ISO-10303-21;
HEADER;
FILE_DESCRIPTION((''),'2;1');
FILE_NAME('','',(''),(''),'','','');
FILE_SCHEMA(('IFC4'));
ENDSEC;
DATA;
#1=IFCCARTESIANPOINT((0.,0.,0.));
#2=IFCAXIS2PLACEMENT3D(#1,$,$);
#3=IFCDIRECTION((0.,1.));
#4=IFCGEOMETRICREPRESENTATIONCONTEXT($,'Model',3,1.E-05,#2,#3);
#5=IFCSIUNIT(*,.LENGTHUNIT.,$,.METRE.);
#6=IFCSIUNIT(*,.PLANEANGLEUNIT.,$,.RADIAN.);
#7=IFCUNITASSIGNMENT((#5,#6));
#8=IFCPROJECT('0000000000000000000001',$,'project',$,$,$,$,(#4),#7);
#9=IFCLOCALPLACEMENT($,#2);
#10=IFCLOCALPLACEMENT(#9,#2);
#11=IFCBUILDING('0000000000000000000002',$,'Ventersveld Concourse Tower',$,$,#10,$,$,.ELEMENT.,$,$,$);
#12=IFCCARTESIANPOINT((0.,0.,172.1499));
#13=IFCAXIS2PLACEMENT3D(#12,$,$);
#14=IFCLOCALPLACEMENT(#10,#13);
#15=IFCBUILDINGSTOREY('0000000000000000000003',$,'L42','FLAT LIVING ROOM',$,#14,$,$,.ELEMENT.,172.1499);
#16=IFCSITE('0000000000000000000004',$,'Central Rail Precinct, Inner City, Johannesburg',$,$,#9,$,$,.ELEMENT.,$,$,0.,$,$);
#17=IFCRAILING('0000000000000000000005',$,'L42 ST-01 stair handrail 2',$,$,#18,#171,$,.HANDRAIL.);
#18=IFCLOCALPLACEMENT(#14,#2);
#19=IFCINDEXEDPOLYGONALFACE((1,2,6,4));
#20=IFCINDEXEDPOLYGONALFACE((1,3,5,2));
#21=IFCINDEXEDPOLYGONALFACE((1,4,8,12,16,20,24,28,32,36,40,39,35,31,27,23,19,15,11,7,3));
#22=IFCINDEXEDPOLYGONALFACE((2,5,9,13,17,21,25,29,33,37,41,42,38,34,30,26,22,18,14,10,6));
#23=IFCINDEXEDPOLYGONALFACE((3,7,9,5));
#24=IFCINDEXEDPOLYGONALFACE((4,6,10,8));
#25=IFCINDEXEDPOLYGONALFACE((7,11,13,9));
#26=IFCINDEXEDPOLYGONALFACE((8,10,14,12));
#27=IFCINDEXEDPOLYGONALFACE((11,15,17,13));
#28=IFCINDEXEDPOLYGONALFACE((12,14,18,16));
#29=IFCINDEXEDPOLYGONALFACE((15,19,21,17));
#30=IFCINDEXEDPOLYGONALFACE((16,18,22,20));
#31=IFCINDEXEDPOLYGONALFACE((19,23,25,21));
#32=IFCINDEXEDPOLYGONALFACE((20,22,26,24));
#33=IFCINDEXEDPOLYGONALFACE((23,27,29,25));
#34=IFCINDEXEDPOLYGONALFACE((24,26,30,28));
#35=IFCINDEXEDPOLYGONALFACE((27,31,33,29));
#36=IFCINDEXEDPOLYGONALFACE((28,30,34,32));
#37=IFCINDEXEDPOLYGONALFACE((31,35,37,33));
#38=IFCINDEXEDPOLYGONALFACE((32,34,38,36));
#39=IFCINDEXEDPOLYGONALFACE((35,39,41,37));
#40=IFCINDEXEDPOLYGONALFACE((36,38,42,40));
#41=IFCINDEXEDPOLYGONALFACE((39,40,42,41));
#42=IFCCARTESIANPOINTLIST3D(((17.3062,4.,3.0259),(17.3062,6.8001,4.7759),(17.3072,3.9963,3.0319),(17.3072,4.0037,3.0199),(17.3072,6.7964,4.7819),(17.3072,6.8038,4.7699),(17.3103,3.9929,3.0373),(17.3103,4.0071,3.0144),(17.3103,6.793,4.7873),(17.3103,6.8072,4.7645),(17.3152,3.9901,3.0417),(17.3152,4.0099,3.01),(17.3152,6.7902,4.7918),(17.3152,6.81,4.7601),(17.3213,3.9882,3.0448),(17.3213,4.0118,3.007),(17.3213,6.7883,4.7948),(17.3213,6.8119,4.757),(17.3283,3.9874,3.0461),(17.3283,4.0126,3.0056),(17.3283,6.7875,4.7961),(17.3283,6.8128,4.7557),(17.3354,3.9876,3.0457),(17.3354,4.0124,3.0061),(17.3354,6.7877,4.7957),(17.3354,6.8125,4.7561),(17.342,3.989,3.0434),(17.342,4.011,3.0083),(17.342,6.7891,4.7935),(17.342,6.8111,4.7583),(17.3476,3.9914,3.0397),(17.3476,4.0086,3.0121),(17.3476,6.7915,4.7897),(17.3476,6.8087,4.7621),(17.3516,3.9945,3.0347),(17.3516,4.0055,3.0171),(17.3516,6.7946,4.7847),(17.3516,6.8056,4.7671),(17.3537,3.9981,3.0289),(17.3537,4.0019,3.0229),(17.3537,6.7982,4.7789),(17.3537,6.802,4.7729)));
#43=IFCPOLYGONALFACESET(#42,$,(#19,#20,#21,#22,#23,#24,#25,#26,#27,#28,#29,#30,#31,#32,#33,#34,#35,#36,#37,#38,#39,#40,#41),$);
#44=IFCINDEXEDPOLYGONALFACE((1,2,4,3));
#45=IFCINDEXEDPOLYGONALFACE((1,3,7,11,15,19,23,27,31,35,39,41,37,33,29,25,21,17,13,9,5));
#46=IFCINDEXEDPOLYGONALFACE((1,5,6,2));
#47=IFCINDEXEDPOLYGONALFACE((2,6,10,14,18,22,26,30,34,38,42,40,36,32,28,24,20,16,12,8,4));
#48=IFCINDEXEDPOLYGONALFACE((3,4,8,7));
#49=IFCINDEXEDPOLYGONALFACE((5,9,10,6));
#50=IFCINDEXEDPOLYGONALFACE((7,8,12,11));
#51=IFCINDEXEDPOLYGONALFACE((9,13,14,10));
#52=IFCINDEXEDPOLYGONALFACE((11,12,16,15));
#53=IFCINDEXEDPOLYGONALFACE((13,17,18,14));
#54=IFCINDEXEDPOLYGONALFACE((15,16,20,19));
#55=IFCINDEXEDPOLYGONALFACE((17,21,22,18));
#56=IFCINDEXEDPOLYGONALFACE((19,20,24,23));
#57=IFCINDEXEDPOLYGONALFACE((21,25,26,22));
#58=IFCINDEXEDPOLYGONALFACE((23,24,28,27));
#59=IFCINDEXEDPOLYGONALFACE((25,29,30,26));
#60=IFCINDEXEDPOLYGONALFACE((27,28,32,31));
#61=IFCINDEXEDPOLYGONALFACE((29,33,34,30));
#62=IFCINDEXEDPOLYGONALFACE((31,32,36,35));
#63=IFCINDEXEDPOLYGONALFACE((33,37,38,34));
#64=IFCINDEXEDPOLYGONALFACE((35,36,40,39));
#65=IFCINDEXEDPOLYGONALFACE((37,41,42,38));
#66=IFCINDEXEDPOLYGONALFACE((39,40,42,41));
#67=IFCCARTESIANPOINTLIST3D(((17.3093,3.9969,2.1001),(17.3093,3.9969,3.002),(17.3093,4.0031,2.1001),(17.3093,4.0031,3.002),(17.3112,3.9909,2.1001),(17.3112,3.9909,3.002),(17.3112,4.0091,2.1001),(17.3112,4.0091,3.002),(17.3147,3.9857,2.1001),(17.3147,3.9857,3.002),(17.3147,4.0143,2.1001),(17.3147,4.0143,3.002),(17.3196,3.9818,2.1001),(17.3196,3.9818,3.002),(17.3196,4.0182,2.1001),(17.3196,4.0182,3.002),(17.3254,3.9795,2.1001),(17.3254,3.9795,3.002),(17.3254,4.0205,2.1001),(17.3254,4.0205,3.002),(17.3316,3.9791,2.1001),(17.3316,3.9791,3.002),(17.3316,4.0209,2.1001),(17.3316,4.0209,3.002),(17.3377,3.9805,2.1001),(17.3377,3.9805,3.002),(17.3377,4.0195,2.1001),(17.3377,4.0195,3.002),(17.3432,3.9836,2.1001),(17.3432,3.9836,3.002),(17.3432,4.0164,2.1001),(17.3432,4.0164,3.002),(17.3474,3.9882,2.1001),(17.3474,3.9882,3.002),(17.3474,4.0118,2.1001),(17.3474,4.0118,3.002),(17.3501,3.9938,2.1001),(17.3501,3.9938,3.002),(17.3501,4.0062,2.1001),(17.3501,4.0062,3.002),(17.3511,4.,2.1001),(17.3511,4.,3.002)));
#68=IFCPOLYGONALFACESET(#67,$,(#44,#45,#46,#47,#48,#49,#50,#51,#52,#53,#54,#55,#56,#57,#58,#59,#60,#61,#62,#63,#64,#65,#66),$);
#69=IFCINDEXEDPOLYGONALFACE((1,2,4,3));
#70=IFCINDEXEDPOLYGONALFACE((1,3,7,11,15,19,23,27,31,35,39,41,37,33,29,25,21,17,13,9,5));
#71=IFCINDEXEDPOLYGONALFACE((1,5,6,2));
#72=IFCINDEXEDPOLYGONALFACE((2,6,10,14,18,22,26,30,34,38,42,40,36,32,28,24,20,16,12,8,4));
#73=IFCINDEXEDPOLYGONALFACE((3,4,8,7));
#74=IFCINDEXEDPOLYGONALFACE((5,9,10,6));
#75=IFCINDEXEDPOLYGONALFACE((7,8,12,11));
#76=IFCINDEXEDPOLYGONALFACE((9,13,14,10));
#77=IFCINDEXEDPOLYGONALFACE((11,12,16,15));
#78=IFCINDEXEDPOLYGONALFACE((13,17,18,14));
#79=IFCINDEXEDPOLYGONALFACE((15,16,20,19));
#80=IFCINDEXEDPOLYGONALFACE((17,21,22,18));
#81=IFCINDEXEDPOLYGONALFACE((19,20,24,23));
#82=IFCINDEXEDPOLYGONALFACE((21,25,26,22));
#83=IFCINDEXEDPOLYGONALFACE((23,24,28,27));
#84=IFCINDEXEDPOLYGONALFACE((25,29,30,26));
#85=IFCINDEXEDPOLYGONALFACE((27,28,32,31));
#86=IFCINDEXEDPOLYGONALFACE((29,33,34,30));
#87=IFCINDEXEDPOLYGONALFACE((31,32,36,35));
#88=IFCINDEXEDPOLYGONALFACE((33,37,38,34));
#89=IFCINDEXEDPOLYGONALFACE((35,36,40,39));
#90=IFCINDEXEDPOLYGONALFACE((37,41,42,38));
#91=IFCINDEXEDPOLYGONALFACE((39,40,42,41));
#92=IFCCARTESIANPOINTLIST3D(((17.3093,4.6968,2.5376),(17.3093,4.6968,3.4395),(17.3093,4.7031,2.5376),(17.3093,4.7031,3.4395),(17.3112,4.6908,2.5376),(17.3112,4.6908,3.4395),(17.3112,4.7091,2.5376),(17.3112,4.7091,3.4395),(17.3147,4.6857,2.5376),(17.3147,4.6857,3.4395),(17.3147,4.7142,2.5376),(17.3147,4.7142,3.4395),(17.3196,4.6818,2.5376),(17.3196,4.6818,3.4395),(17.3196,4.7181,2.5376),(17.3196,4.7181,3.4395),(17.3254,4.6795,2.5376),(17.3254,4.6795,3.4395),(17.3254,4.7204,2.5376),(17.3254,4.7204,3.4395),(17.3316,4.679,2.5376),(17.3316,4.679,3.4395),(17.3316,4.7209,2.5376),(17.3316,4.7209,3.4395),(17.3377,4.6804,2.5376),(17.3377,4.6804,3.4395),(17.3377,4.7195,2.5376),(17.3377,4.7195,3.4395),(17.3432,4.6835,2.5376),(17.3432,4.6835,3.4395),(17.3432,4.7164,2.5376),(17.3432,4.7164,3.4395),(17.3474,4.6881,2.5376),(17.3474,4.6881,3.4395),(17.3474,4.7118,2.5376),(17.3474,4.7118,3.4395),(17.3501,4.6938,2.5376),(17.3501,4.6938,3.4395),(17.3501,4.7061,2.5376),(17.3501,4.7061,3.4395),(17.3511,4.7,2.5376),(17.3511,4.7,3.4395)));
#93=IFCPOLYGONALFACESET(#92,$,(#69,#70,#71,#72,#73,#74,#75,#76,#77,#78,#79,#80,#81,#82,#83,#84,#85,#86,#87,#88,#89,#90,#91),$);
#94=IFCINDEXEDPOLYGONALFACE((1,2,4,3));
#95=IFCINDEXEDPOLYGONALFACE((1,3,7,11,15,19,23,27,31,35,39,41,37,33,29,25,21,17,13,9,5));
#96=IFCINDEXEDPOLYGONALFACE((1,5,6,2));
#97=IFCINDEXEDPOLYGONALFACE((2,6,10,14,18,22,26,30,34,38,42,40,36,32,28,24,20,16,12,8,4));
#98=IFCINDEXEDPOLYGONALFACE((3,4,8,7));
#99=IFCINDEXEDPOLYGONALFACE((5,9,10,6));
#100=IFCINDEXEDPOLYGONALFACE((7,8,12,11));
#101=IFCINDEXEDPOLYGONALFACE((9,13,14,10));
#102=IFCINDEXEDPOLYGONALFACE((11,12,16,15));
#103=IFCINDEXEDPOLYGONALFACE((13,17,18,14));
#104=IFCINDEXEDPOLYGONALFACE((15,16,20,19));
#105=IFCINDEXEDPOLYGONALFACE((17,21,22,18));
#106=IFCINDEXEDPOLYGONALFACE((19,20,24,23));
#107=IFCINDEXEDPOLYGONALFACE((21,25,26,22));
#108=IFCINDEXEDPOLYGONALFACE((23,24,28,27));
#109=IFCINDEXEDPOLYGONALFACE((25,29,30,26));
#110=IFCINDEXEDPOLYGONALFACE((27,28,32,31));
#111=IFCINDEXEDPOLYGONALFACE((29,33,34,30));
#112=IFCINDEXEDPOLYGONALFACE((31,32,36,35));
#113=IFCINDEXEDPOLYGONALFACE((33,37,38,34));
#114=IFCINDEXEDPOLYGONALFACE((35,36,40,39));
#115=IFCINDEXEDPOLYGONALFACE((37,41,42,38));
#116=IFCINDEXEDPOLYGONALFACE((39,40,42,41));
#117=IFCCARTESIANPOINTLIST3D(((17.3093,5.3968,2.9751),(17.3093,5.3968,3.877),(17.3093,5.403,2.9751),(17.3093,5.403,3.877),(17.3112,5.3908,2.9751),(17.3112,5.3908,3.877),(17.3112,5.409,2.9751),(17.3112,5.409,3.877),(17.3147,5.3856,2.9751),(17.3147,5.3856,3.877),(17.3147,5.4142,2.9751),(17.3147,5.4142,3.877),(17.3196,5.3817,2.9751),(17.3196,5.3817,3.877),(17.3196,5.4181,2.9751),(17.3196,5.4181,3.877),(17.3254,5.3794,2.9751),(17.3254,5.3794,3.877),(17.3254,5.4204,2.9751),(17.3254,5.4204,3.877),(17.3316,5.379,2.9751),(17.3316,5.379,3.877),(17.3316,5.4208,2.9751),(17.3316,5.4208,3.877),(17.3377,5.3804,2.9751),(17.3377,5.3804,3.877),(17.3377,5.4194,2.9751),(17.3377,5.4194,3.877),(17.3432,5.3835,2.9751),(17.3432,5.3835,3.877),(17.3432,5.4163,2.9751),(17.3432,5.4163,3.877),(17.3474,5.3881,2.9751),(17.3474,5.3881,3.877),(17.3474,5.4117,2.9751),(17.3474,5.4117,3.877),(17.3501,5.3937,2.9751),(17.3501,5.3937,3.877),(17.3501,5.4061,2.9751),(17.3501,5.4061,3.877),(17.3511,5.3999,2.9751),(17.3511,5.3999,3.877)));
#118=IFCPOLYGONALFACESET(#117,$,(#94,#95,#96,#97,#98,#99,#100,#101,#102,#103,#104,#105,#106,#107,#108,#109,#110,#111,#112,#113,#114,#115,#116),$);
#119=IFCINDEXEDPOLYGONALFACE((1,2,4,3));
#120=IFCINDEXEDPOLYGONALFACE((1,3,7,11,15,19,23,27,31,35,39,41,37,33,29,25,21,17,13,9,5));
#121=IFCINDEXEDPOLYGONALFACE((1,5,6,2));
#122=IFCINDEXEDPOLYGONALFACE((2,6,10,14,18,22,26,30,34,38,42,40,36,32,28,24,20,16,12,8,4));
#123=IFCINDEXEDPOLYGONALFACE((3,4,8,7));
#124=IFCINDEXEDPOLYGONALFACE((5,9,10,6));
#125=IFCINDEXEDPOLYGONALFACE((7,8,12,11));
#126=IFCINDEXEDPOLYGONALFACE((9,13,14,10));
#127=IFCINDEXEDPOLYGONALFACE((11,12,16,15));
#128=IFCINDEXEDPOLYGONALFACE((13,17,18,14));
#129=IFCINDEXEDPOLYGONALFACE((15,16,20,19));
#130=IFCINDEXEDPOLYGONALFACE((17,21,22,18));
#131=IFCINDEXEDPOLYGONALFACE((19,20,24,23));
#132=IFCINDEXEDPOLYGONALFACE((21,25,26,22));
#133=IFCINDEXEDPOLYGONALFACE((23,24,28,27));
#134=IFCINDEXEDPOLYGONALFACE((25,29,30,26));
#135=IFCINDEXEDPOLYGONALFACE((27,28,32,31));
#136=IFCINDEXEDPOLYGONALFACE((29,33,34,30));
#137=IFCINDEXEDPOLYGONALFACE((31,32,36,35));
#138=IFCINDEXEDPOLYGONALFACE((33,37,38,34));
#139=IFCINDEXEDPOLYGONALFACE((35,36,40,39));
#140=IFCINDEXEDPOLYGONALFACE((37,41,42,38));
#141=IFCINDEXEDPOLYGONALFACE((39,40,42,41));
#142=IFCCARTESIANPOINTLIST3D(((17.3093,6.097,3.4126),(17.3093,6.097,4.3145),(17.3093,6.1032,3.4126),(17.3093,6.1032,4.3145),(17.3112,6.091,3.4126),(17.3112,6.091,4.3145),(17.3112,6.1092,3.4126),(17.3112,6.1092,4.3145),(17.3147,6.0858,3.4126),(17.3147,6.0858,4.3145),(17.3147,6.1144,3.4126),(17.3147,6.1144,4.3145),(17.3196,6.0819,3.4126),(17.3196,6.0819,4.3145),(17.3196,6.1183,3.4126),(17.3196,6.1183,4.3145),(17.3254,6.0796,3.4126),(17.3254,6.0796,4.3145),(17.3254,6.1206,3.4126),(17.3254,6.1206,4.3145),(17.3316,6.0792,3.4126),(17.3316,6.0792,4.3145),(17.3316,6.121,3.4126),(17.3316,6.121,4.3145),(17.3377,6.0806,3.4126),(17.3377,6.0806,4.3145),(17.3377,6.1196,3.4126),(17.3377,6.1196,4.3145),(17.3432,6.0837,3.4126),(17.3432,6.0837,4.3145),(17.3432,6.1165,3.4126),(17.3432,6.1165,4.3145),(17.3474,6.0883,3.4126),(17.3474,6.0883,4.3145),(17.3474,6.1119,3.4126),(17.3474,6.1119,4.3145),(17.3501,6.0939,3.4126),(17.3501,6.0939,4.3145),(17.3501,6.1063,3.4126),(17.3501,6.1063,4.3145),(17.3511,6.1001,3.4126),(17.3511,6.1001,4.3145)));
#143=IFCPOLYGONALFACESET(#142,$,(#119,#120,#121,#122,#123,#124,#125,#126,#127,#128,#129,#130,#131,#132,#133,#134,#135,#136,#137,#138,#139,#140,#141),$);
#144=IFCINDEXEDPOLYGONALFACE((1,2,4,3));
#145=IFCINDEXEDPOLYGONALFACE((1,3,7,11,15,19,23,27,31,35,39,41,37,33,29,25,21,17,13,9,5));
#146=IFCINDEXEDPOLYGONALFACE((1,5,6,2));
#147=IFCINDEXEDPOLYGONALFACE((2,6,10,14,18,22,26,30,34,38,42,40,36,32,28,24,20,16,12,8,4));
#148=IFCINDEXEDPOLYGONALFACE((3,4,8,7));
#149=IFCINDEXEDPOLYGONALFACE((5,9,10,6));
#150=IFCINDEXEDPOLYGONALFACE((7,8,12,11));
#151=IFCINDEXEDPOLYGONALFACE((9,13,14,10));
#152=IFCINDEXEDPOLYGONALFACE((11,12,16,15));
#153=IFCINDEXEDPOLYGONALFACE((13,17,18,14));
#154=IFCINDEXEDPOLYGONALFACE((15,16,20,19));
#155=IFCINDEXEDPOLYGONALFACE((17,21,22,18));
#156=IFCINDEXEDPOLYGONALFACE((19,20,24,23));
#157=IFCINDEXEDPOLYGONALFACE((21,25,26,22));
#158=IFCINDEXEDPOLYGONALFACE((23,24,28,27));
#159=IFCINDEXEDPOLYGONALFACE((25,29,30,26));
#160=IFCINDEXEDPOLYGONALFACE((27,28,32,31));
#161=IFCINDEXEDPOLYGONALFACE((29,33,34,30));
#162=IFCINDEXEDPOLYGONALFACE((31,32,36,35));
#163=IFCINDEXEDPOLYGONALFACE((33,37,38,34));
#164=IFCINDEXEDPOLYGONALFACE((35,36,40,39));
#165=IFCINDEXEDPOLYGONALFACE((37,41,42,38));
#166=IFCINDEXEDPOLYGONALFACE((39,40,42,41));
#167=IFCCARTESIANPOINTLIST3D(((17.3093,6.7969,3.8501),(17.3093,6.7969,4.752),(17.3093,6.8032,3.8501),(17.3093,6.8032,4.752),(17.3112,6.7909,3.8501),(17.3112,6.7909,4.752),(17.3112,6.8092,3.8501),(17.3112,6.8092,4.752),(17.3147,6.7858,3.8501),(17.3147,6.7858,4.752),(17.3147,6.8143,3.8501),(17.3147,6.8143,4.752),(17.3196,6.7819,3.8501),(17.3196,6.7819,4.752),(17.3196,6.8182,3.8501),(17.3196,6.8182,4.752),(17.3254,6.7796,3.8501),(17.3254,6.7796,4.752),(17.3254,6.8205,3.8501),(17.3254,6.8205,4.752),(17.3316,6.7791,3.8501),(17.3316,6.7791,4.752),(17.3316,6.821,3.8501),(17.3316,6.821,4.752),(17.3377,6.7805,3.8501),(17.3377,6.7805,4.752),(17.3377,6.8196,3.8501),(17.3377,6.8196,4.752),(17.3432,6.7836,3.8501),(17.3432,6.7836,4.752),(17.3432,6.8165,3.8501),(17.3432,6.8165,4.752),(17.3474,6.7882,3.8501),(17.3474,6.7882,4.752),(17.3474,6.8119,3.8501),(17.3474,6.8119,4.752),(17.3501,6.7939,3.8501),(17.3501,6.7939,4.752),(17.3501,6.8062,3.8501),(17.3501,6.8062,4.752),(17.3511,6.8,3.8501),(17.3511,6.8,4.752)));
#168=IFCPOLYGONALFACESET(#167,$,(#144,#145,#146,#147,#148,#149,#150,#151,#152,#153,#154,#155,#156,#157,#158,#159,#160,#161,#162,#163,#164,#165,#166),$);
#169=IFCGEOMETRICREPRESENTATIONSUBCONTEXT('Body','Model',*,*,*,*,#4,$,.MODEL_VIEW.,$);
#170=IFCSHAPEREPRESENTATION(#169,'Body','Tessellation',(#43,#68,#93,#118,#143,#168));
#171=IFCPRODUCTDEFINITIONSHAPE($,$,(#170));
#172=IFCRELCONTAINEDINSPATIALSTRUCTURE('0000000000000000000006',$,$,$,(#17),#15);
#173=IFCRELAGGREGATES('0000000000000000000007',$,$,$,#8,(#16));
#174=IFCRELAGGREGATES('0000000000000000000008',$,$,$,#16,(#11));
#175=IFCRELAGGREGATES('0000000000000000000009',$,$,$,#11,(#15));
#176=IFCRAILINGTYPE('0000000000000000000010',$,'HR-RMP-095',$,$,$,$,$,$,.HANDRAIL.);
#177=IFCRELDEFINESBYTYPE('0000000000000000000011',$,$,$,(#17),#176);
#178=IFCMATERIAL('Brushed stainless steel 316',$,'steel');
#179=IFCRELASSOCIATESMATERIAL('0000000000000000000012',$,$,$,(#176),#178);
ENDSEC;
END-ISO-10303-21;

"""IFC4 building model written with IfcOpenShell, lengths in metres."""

from ifc_helpers import new_model, si_unit, direction, frame, origin, origin_2d, place, context, subcontext, project, spatial, circle, extrude, material, type_object, element, save


model = new_model("IFC4")

# Units and contexts
model_context = context("Model", 3, precision=1e-05, world=origin(), true_north=direction((0.0, 1.0)))
body_context = subcontext(model_context, "Body", "Model", "MODEL_VIEW")
ifc_project = project(units=[si_unit("LENGTHUNIT", "METRE"), si_unit("PLANEANGLEUNIT", "RADIAN")], contexts=[model_context])

# Site, building, storey
site_placement = place(None, origin())
site = spatial("IfcSite", under=ifc_project, at=site_placement, Name="Central Rail Precinct, Inner City, Johannesburg", CompositionType="ELEMENT", RefElevation=0.0)
building_placement = place(site_placement, origin())
building = spatial("IfcBuilding", under=site, at=building_placement, Name="Ventersveld Concourse Tower", CompositionType="ELEMENT")
storey_placement = place(building_placement, frame((0.0, 0.0, 172.1499)))
storey = spatial("IfcBuildingStorey", under=building, at=storey_placement, Name="L42", Description="FLAT LIVING ROOM", CompositionType="ELEMENT", Elevation=172.1499)

# Railing
ifc_material_1 = material(Name="Brushed stainless steel 316", Category="steel")
railing_type_1 = type_object("IfcRailingType", Name="HR-RMP-095", PredefinedType="HANDRAIL", material=ifc_material_1)
railing_1_placement = place(storey_placement, frame((17.3301, 4.0, 2.1001)))
element("IfcRailing", 1, at=railing_1_placement, inside=storey, type_object=railing_type_1, Name="L42 ST-01 stair handrail 2", PredefinedType="HANDRAIL", context=body_context, shape_type="SweptSolid", body=[
    extrude(circle(Radius=0.0239, at=origin_2d()), frame((0.0, 0.0, 0.9258), z_axis=(0.0, 0.848002, 0.529992), x_axis=(-1.0, 0.0, 0.0)), (0.0, 0.0, 1.0), 3.302),
    extrude(circle(Radius=0.021, at=origin_2d()), origin(), (0.0, 0.0, 1.0), 0.9019),
    extrude(circle(Radius=0.021, at=origin_2d()), frame((0.0, 0.7, 0.4375)), (0.0, 0.0, 1.0), 0.9019),
    extrude(circle(Radius=0.021, at=origin_2d()), frame((0.0, 1.3999, 0.875)), (0.0, 0.0, 1.0), 0.9019),
    extrude(circle(Radius=0.021, at=origin_2d()), frame((0.0, 2.1001, 1.3125)), (0.0, 0.0, 1.0), 0.9019),
    extrude(circle(Radius=0.021, at=origin_2d()), frame((0.0, 2.8, 1.75)), (0.0, 0.0, 1.0), 0.9019),
])

save(model, "model.ifc")
